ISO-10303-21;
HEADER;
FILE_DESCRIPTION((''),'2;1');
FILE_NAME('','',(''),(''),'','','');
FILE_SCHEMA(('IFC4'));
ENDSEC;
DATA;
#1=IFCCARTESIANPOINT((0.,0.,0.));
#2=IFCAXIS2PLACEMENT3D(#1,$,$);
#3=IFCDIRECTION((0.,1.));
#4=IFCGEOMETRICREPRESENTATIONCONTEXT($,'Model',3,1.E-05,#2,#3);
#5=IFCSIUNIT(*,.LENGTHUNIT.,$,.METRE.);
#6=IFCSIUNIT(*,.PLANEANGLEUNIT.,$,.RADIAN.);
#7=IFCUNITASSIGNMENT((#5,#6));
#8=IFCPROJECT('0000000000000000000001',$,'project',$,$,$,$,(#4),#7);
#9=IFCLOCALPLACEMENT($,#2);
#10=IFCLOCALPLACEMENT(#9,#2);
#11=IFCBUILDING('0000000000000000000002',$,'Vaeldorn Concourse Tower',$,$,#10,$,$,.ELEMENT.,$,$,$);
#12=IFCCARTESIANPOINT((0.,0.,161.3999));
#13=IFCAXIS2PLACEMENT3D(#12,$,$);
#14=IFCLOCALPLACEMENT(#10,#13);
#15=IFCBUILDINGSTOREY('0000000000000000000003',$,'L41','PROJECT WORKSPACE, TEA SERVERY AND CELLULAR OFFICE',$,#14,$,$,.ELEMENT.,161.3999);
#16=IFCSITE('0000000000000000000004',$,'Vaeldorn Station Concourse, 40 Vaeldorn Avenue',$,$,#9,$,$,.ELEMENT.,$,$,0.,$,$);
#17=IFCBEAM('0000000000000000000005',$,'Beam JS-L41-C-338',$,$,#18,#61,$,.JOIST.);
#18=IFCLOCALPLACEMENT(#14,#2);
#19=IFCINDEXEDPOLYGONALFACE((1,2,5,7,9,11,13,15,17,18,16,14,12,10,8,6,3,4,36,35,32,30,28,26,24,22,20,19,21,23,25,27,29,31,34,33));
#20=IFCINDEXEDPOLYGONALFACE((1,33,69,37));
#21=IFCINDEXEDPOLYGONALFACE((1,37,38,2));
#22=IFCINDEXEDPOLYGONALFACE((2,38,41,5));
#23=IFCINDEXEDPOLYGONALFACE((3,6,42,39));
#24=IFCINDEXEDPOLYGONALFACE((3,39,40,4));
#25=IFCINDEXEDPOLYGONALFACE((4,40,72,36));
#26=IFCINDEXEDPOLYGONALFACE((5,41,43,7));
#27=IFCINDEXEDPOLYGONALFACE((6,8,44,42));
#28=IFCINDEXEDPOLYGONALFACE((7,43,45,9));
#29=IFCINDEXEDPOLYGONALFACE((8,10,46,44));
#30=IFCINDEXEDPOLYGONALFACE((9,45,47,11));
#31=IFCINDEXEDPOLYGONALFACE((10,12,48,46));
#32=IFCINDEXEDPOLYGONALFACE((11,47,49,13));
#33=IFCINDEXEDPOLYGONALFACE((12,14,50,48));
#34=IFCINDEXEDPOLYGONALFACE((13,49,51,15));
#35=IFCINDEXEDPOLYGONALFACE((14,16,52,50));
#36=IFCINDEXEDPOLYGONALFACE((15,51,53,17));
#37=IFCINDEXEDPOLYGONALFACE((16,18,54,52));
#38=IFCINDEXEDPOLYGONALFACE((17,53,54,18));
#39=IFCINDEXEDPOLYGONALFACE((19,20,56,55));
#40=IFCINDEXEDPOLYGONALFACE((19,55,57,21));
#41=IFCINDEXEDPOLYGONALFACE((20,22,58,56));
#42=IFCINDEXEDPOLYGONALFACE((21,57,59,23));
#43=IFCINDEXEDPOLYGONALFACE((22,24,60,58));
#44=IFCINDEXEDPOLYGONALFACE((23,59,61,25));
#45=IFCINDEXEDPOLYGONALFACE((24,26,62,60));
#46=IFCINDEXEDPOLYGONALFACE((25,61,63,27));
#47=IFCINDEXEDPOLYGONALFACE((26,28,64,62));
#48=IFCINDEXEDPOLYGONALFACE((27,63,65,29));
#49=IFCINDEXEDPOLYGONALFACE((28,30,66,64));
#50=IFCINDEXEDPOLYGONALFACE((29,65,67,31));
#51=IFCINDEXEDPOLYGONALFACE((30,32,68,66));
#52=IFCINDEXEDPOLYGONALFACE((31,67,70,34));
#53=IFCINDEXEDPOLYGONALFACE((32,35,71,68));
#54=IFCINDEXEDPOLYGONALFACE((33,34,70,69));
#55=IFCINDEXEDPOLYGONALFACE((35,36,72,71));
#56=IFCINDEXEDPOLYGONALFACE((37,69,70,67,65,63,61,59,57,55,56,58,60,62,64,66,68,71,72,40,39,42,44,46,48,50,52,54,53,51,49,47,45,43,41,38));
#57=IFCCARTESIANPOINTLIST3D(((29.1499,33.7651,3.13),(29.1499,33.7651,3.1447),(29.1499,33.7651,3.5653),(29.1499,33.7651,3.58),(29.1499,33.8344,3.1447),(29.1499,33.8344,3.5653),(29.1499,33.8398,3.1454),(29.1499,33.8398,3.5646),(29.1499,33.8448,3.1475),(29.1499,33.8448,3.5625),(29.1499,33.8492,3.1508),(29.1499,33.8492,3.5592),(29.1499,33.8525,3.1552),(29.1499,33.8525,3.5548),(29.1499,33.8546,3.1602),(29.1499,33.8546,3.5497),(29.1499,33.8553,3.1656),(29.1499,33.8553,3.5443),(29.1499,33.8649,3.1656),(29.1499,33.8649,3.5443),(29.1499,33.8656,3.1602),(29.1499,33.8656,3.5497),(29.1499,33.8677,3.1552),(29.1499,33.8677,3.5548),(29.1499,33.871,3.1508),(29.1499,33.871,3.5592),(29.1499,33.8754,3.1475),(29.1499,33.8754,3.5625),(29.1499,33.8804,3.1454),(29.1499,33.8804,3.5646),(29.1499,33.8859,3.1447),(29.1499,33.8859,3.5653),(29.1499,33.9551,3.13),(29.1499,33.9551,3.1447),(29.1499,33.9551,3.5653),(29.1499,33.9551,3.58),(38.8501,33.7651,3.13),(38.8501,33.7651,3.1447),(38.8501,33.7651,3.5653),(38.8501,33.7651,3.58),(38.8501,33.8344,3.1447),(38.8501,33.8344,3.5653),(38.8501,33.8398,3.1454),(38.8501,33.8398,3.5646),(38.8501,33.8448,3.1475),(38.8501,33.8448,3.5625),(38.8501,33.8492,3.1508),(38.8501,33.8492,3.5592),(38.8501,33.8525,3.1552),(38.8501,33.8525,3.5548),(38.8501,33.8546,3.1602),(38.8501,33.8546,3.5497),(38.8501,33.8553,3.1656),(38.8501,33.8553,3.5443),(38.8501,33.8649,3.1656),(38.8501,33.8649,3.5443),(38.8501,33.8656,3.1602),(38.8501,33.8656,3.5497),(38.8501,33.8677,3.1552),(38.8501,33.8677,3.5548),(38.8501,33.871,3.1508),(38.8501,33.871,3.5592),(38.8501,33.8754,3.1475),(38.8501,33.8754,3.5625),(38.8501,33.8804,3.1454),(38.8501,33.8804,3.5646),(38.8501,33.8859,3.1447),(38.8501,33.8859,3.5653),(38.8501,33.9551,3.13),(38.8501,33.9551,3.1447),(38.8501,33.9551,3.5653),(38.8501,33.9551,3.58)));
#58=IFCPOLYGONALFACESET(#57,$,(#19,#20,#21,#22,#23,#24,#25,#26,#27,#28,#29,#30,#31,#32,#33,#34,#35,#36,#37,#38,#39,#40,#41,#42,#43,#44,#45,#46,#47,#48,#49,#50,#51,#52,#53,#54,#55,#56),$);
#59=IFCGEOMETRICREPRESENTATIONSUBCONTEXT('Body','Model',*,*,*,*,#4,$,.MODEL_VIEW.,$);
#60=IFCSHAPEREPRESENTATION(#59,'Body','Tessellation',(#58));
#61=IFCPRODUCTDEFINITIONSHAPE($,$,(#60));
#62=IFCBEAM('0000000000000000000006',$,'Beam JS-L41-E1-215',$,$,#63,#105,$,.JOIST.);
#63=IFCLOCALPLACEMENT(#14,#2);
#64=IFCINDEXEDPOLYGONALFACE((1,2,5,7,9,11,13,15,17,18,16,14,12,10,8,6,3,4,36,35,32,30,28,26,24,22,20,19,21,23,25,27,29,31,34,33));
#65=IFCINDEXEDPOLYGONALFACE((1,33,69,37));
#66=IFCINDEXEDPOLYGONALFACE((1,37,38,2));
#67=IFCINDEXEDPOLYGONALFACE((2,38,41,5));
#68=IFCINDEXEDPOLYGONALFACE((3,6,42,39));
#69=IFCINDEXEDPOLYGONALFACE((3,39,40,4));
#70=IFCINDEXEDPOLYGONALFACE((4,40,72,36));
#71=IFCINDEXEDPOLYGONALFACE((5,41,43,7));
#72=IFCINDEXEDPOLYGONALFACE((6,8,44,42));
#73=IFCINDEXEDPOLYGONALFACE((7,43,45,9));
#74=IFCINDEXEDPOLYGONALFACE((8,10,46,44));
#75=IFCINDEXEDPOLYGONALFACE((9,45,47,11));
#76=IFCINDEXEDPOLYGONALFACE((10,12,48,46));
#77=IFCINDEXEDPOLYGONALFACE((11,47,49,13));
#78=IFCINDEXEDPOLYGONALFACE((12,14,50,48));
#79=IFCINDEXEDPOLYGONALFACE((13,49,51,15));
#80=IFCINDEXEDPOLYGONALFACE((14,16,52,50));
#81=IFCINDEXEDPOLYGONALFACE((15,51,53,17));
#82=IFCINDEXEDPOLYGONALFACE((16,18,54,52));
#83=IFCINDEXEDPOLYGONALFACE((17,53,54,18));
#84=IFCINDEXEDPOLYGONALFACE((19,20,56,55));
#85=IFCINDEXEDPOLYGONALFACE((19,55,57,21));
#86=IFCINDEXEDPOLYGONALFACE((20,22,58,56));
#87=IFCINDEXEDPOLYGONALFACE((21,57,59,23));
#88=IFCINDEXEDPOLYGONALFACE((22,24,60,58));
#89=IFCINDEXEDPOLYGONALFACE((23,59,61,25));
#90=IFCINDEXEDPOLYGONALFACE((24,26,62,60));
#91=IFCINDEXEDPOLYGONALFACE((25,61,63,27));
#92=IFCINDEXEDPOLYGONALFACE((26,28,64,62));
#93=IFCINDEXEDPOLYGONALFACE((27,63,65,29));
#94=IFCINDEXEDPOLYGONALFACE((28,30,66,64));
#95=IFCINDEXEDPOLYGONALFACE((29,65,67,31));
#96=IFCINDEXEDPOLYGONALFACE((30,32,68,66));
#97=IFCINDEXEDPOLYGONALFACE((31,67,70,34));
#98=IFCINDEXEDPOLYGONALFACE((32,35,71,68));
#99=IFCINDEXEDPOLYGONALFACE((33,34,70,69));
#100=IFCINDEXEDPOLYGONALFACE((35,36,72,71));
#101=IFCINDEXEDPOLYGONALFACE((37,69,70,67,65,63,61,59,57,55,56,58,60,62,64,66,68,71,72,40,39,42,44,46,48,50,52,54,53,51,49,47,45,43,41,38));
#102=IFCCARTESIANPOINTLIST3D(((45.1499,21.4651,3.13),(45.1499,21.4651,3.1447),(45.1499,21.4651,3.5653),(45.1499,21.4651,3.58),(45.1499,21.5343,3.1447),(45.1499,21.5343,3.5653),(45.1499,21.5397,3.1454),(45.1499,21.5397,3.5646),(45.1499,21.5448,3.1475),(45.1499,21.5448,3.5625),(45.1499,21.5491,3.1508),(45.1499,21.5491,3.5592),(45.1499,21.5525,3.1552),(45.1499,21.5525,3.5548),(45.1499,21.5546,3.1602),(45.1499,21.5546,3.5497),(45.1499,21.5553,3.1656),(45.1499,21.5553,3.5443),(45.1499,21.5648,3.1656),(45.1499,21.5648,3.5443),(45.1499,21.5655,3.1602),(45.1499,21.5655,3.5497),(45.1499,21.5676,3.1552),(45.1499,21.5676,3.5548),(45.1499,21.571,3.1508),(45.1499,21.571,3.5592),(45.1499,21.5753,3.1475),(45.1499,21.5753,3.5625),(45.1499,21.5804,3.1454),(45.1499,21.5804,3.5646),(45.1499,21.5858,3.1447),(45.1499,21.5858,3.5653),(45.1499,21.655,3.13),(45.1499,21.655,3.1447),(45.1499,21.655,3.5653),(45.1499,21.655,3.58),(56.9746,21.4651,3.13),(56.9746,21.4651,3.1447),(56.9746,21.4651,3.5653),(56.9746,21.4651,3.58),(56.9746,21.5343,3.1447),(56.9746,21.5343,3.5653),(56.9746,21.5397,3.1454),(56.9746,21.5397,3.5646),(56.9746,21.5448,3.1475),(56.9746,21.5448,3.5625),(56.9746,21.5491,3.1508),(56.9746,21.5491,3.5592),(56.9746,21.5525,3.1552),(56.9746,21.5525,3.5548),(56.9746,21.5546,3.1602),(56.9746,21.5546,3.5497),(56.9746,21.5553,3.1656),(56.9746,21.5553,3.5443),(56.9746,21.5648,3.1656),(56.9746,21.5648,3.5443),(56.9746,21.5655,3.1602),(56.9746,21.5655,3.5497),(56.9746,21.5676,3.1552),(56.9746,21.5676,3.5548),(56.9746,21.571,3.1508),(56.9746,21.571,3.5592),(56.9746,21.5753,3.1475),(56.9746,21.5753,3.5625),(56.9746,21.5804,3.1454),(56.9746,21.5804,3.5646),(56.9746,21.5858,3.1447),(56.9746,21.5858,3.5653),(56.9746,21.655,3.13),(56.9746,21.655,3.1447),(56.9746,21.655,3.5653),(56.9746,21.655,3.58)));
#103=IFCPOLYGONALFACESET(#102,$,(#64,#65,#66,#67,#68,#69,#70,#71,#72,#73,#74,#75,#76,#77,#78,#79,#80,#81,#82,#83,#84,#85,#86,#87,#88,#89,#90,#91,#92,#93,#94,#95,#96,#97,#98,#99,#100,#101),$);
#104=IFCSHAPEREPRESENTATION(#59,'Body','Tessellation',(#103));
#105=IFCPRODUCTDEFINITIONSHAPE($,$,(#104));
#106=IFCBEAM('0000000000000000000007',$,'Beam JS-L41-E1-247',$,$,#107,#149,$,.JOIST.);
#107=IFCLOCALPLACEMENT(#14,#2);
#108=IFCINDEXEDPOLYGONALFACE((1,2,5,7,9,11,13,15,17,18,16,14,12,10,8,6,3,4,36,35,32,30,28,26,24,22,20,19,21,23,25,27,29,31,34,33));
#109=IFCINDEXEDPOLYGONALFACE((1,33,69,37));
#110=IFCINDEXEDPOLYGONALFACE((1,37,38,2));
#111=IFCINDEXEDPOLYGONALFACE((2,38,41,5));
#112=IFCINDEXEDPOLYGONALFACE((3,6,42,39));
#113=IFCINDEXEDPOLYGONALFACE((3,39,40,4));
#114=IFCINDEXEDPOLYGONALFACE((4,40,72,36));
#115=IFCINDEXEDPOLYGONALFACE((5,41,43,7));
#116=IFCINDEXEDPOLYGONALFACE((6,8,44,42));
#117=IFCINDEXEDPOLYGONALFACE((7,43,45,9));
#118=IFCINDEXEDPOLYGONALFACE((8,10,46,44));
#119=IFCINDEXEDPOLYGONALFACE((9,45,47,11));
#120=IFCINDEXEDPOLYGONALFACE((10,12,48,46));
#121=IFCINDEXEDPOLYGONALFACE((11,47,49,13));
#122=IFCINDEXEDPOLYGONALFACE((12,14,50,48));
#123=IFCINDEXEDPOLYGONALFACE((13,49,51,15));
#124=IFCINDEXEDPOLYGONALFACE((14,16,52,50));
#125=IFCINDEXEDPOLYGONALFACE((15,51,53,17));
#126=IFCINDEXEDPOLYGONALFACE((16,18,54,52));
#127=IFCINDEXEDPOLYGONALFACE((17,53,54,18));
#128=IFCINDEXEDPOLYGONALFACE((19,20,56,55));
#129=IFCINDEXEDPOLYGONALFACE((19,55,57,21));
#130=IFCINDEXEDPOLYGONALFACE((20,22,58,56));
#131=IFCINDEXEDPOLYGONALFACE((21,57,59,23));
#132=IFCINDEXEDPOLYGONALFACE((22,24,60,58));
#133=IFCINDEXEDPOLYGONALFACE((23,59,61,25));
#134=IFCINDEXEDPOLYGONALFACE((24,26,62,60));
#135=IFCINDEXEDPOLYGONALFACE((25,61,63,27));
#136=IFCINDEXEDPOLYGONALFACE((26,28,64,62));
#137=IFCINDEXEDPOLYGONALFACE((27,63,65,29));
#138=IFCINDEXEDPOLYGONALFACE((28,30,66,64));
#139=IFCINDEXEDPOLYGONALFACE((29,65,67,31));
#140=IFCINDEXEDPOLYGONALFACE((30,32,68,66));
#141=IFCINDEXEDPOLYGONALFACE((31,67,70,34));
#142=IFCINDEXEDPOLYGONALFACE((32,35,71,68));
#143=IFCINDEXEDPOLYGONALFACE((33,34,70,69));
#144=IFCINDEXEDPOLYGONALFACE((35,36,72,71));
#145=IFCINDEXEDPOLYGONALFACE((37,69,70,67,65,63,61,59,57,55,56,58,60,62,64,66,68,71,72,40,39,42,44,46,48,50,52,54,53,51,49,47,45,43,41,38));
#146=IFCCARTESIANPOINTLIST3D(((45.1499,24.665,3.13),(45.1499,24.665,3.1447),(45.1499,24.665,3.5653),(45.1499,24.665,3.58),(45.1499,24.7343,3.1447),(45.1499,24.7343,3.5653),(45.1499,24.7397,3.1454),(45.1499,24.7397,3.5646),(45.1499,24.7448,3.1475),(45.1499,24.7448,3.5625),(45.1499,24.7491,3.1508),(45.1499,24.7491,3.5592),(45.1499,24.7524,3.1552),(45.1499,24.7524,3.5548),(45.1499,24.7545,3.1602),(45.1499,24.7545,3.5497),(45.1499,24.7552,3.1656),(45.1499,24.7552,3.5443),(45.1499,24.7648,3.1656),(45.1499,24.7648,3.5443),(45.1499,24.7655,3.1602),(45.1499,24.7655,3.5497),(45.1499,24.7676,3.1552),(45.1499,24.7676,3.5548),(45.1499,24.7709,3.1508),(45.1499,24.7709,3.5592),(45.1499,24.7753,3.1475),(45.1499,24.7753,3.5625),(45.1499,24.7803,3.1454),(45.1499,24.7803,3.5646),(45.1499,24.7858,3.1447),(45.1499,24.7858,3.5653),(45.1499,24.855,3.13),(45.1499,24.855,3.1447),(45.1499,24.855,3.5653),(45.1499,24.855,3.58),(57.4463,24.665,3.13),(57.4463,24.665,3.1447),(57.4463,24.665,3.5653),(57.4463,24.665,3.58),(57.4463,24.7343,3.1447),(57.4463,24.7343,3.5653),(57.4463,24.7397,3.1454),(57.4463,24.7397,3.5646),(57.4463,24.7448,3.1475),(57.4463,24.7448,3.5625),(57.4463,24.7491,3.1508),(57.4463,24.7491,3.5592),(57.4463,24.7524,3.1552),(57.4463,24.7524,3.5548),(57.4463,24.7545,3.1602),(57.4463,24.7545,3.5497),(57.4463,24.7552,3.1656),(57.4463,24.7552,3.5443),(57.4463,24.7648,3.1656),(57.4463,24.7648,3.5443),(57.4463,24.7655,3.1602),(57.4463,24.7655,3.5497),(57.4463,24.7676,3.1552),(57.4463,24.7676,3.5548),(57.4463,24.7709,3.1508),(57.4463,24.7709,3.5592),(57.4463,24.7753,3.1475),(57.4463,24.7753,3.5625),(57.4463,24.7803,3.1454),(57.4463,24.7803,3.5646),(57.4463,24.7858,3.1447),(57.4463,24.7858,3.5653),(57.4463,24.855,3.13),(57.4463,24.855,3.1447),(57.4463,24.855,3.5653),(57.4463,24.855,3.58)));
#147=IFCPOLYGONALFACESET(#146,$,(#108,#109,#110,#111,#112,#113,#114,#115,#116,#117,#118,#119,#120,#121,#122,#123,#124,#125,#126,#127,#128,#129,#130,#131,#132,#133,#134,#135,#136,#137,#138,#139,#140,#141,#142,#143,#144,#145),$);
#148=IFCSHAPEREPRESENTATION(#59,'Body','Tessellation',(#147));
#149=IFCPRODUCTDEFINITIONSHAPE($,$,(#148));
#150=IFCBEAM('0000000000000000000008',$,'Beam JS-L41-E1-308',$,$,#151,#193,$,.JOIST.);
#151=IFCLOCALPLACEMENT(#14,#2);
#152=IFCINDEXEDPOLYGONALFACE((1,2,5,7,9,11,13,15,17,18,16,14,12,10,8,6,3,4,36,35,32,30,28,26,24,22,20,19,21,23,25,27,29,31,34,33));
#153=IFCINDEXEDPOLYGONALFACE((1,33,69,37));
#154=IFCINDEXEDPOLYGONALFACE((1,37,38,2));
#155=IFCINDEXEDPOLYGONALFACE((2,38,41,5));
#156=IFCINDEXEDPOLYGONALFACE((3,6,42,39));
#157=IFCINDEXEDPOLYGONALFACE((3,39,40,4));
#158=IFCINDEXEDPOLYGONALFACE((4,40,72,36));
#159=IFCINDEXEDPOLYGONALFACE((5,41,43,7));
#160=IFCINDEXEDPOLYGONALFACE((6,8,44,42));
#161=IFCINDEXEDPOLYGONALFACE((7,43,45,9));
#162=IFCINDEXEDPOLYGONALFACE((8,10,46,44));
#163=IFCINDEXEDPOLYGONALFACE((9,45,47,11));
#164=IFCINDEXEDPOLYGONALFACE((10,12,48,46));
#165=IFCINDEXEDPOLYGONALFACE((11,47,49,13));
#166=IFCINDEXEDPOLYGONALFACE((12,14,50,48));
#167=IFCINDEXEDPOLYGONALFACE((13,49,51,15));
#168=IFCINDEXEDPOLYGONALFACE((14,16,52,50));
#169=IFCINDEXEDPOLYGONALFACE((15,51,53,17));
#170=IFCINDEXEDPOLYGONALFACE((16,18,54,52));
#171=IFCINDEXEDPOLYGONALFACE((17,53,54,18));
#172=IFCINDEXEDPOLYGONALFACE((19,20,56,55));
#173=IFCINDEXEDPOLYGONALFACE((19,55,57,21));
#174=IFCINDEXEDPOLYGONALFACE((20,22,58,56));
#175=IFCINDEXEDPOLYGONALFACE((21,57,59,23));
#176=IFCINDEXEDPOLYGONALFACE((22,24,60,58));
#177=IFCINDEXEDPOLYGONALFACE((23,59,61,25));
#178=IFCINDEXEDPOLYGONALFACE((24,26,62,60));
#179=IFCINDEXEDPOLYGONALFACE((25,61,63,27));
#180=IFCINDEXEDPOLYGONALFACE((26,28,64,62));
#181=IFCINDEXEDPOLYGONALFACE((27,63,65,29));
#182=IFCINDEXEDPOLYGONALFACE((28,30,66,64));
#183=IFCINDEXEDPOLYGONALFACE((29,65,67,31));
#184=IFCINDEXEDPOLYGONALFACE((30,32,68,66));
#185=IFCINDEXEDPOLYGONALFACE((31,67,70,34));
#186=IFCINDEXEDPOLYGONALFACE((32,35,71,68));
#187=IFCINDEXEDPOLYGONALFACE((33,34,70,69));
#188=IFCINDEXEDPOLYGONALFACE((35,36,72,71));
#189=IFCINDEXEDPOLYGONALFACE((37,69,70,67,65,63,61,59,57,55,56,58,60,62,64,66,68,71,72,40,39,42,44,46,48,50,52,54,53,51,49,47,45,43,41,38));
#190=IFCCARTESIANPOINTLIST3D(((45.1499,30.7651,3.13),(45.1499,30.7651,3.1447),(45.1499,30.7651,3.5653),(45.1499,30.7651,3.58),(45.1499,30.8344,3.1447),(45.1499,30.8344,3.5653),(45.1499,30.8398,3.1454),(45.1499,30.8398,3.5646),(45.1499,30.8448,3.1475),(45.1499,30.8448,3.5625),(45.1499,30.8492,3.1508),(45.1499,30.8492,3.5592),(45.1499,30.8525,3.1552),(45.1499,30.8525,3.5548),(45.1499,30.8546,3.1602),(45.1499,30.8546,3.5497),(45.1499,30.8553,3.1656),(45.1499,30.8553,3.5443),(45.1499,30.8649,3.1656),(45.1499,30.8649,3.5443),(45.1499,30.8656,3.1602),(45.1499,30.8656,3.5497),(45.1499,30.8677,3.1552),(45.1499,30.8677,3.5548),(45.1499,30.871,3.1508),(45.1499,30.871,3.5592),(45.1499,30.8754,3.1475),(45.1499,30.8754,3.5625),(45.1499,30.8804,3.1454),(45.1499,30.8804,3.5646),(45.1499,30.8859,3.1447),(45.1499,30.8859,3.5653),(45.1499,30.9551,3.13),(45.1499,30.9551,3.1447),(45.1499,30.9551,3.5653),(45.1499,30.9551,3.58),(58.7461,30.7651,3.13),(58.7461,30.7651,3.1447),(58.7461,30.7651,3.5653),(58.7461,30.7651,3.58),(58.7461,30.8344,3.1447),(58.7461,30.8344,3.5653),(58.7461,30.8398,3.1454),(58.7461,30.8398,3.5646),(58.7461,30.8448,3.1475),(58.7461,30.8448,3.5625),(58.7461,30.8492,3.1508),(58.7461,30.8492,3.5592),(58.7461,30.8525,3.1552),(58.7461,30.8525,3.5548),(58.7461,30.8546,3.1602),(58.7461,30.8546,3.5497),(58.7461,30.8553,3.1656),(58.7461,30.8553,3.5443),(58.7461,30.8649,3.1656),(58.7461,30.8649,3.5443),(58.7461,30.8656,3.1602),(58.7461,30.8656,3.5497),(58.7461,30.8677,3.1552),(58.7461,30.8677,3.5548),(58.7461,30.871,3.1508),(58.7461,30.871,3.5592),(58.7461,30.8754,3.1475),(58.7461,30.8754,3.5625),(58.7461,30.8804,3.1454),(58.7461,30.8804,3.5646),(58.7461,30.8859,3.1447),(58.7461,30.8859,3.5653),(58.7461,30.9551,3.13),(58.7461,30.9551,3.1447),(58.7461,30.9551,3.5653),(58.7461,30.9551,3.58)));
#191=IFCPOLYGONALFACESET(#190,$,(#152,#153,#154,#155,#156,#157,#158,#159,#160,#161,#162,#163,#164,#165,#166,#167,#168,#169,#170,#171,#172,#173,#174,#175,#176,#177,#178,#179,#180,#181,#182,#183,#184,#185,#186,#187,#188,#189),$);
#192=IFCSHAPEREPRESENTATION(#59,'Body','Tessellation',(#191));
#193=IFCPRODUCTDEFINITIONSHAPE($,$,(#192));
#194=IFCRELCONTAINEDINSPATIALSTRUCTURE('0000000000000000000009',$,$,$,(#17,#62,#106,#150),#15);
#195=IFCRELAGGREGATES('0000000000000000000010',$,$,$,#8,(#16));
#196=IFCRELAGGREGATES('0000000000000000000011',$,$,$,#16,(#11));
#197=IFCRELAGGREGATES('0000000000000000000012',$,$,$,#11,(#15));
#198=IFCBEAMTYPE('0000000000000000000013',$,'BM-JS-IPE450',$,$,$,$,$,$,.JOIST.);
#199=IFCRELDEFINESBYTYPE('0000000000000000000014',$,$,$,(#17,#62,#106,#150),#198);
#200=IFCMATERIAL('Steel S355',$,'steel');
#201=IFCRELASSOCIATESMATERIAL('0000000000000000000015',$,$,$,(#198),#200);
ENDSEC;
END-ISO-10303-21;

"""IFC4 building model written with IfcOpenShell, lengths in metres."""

from ifc_helpers import new_model, si_unit, direction, frame, origin, origin_2d, place, context, subcontext, project, spatial, i_section, extrude, source, transform, mapped, material, material_profile, profile_set, type_object, element, save


model = new_model("IFC4")

# Units and contexts
model_context = context("Model", 3, precision=1e-05, world=origin(), true_north=direction((0.0, 1.0)))
body_context = subcontext(model_context, "Body", "Model", "MODEL_VIEW")
ifc_project = project(units=[si_unit("LENGTHUNIT", "METRE"), si_unit("PLANEANGLEUNIT", "RADIAN")], contexts=[model_context])

# Site, building, storey
site_placement = place(None, origin())
site = spatial("IfcSite", under=ifc_project, at=site_placement, Name="Vaeldorn Station Concourse, 40 Vaeldorn Avenue", CompositionType="ELEMENT", RefElevation=0.0)
building_placement = place(site_placement, origin())
building = spatial("IfcBuilding", under=site, at=building_placement, Name="Vaeldorn Concourse Tower", CompositionType="ELEMENT")
storey_placement = place(building_placement, frame((0.0, 0.0, 161.3999)))
storey = spatial("IfcBuildingStorey", under=building, at=storey_placement, Name="L41", Description="PROJECT WORKSPACE, TEA SERVERY AND CELLULAR OFFICE", CompositionType="ELEMENT", Elevation=161.3999)

# Beams
ifc_material_1 = material(Name="Steel S355", Category="steel")
ifc_material_profile_1 = material_profile(ifc_material_1, i_section(OverallWidth=0.1899, OverallDepth=0.45, WebThickness=0.0095, FlangeThickness=0.0146, FilletRadius=0.021, at=origin_2d()), Name="IPE 450")
ifc_profile_set_1 = profile_set([ifc_material_profile_1], Name="Steel S355")
beam_type_1 = type_object("IfcBeamType", Name="BM-JS-IPE450", PredefinedType="JOIST", material=ifc_profile_set_1)
shared_shape_1 = source(origin(), body_context, "Body", "SweptSolid", [
    extrude(i_section(OverallWidth=0.1899, OverallDepth=0.45, WebThickness=0.0095, FlangeThickness=0.0146, FilletRadius=0.021, at=origin_2d()), origin(), (0.0, 0.0, 1.0), 9.7002),
])
for number, where, z_axis, x_axis, name in (
    (1, (29.1499, 33.8601, 3.355), (1.0, 0.0, 0.0), (0.0, 1.0, 0.0), "Beam JS-L41-C-338"),
):
    element("IfcBeam", number, at=place(storey_placement, frame(where, z_axis=z_axis, x_axis=x_axis)), inside=storey, type_object=beam_type_1, Name=name, PredefinedType="JOIST", context=body_context, shape_type="MappedRepresentation", body=[
        mapped(shared_shape_1, transform((0.0, 0.0, 0.0), scale=1.0)),
    ])
shared_shape_2 = source(origin(), body_context, "Body", "SweptSolid", [
    extrude(i_section(OverallWidth=0.1899, OverallDepth=0.45, WebThickness=0.0095, FlangeThickness=0.0146, FilletRadius=0.021, at=origin_2d()), origin(), (0.0, 0.0, 1.0), 11.8247),
])
beam_1_placement = place(storey_placement, frame((45.1499, 21.5601, 3.355), z_axis=(1.0, 0.0, 0.0), x_axis=(0.0, 1.0, 0.0)))
element("IfcBeam", 2, at=beam_1_placement, inside=storey, type_object=beam_type_1, Name="Beam JS-L41-E1-215", PredefinedType="JOIST", context=body_context, shape_type="MappedRepresentation", body=[
    mapped(shared_shape_2, transform((0.0, 0.0, 0.0), scale=1.0)),
])
shared_shape_3 = source(origin(), body_context, "Body", "SweptSolid", [
    extrude(i_section(OverallWidth=0.1899, OverallDepth=0.45, WebThickness=0.0095, FlangeThickness=0.0146, FilletRadius=0.021, at=origin_2d()), origin(), (0.0, 0.0, 1.0), 12.2964),
])
beam_2_placement = place(storey_placement, frame((45.1499, 24.76, 3.355), z_axis=(1.0, 0.0, 0.0), x_axis=(0.0, 1.0, 0.0)))
element("IfcBeam", 3, at=beam_2_placement, inside=storey, type_object=beam_type_1, Name="Beam JS-L41-E1-247", PredefinedType="JOIST", context=body_context, shape_type="MappedRepresentation", body=[
    mapped(shared_shape_3, transform((0.0, 0.0, 0.0), scale=1.0)),
])
shared_shape_4 = source(origin(), body_context, "Body", "SweptSolid", [
    extrude(i_section(OverallWidth=0.1899, OverallDepth=0.45, WebThickness=0.0095, FlangeThickness=0.0146, FilletRadius=0.021, at=origin_2d()), origin(), (0.0, 0.0, 1.0), 13.5962),
])
beam_3_placement = place(storey_placement, frame((45.1499, 30.8601, 3.355), z_axis=(1.0, 0.0, 0.0), x_axis=(0.0, 1.0, 0.0)))
element("IfcBeam", 4, at=beam_3_placement, inside=storey, type_object=beam_type_1, Name="Beam JS-L41-E1-308", PredefinedType="JOIST", context=body_context, shape_type="MappedRepresentation", body=[
    mapped(shared_shape_4, transform((0.0, 0.0, 0.0), scale=1.0)),
])

save(model, "model.ifc")
